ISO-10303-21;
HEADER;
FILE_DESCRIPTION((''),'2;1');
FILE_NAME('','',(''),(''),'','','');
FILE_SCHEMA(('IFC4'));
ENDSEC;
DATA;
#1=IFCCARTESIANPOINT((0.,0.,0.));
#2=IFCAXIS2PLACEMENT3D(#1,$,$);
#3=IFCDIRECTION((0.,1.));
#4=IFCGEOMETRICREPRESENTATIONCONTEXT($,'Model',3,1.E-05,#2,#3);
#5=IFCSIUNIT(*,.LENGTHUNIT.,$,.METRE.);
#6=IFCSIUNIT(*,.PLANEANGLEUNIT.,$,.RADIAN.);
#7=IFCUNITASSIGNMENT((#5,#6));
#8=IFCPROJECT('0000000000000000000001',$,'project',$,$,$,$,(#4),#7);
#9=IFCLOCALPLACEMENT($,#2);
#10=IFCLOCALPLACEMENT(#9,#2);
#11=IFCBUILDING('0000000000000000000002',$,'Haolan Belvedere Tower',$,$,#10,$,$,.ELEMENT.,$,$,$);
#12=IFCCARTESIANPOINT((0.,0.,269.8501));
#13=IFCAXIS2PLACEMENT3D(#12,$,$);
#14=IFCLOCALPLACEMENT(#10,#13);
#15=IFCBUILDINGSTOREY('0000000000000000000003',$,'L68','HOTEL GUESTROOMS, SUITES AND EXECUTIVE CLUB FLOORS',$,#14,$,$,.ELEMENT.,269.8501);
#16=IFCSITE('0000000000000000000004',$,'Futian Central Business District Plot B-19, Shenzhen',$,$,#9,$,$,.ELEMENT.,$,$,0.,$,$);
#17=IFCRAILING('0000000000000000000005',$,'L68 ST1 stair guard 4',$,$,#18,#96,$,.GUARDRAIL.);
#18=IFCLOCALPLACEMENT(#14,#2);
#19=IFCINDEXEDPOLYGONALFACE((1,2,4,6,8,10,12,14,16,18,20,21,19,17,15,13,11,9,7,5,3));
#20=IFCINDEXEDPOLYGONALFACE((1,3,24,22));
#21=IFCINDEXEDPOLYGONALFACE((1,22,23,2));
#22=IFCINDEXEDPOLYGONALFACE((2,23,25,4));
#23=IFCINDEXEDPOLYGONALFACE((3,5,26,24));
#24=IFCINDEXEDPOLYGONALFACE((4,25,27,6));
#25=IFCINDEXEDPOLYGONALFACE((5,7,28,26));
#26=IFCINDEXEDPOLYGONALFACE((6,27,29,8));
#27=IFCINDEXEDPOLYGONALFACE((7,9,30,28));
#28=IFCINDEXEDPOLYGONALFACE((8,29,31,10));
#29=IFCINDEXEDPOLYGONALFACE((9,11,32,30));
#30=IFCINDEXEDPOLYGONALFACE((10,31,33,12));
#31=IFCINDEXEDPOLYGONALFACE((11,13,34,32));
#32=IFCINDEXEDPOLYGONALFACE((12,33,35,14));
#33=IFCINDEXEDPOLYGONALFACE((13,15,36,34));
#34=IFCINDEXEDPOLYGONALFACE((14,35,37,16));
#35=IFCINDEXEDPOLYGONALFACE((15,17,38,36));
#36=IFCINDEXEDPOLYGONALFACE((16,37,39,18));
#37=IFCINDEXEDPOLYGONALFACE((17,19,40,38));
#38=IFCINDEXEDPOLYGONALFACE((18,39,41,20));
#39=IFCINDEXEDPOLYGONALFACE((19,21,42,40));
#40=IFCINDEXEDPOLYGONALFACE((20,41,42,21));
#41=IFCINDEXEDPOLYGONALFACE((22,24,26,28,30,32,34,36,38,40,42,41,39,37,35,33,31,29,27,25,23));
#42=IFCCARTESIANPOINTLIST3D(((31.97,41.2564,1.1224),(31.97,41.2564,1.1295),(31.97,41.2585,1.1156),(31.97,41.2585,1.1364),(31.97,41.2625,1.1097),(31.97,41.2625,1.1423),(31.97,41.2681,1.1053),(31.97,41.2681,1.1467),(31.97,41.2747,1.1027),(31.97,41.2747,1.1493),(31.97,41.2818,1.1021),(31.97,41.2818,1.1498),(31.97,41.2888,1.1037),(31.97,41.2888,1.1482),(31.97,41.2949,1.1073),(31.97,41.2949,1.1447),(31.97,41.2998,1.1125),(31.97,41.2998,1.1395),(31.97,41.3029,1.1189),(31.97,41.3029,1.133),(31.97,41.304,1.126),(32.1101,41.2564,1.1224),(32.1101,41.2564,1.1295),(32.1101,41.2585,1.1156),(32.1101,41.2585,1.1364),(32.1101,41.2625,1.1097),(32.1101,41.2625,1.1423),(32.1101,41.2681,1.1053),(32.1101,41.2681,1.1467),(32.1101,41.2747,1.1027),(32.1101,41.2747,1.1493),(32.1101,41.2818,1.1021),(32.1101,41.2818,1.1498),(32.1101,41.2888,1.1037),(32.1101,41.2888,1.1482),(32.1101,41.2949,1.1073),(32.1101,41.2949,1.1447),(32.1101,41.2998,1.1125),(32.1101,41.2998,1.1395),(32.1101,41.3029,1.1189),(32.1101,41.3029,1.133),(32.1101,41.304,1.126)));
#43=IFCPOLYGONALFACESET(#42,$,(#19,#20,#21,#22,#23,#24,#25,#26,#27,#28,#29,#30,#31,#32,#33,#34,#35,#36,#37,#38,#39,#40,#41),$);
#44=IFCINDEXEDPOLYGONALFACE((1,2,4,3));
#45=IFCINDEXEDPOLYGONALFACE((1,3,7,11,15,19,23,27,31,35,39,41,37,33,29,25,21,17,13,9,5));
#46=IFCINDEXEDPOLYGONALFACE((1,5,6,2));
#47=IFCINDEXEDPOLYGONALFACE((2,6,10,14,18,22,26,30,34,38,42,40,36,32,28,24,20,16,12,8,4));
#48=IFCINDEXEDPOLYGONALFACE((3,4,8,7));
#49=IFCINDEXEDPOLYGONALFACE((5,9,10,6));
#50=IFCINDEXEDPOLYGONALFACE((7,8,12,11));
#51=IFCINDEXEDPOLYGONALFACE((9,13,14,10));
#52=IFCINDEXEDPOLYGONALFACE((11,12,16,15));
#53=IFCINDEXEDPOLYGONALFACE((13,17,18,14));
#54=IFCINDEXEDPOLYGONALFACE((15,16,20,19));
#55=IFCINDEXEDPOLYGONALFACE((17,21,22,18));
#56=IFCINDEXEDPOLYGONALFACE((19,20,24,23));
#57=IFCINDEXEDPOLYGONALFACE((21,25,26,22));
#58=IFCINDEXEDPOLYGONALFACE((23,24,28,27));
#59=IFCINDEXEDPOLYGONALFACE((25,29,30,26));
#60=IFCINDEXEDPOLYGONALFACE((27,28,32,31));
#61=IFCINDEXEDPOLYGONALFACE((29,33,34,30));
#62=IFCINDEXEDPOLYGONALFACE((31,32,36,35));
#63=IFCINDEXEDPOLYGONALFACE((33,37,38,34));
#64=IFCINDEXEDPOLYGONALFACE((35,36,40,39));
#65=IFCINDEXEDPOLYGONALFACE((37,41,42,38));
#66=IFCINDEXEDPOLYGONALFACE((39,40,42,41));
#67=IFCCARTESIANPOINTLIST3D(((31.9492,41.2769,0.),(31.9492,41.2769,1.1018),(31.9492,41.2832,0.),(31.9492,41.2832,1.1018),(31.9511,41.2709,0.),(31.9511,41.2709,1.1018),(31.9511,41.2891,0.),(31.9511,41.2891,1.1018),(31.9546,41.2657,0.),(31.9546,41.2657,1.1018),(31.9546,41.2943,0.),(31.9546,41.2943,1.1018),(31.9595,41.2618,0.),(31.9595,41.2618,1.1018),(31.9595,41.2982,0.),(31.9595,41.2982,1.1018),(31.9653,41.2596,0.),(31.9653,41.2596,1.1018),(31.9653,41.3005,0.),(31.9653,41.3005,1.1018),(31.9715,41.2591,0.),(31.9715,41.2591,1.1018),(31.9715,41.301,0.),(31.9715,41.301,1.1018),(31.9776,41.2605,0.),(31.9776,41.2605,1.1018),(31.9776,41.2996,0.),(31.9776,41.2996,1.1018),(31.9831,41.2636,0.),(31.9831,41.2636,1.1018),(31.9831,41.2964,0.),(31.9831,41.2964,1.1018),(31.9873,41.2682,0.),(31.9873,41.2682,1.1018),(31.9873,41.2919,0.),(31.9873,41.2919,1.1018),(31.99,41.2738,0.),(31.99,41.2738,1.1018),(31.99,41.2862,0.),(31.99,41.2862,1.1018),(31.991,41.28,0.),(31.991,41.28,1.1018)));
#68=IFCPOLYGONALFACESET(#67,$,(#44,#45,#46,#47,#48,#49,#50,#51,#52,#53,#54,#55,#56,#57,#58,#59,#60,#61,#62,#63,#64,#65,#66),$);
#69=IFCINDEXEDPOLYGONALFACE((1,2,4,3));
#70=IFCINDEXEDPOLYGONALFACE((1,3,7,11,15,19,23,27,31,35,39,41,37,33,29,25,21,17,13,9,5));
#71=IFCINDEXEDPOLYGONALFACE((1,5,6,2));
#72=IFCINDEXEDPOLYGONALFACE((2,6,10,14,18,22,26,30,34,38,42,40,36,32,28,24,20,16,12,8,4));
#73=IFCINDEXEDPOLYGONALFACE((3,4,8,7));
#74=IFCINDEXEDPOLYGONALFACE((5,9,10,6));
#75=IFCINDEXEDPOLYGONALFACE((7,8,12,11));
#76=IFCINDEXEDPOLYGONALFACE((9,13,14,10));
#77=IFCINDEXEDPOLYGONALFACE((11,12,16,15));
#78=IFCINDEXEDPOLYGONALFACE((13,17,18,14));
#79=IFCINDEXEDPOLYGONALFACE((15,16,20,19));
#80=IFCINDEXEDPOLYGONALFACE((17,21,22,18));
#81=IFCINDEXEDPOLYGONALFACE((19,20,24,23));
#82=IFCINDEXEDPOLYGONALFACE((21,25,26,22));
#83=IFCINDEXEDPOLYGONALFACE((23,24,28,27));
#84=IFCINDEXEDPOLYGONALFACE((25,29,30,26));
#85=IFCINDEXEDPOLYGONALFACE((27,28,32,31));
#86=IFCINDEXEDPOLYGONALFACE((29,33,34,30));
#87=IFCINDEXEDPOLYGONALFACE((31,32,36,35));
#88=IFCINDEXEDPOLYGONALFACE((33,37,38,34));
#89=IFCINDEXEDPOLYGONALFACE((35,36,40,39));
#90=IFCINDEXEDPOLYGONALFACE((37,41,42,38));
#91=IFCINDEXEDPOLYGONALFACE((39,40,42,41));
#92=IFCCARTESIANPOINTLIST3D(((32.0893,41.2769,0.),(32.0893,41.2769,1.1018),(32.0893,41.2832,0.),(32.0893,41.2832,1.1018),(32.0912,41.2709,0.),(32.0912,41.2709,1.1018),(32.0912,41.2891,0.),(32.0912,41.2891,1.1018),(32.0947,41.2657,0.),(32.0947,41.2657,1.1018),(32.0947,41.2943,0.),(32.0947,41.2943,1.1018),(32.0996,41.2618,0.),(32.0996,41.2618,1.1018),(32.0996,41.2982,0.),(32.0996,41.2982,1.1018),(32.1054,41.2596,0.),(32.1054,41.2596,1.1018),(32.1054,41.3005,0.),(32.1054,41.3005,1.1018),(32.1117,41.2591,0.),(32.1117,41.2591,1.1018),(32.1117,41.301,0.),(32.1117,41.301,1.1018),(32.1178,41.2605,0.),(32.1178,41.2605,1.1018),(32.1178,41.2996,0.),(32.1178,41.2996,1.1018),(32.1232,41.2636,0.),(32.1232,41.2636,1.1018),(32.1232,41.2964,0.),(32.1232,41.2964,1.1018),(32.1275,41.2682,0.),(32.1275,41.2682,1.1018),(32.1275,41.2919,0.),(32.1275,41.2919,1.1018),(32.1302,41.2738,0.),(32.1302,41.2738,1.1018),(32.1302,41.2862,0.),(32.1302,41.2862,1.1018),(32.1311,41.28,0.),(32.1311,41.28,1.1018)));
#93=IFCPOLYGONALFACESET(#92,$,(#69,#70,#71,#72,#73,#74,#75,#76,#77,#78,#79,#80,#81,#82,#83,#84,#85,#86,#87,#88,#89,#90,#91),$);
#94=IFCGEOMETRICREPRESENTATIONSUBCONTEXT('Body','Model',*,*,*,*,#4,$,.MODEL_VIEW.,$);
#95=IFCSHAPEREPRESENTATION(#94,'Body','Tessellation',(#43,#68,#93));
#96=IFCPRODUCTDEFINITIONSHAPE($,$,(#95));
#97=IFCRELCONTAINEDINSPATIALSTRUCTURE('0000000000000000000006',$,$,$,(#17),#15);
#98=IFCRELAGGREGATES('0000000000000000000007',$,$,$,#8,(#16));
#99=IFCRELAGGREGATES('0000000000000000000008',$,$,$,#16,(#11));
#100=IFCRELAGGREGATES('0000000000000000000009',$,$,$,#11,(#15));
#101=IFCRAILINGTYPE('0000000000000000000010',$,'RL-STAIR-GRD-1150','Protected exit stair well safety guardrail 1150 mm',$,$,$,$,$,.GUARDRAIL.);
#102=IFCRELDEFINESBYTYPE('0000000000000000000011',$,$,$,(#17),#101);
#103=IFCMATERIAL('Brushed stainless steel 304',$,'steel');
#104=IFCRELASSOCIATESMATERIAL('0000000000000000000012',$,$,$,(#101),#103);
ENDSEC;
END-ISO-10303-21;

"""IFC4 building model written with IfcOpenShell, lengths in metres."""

from ifc_helpers import new_model, si_unit, direction, frame, origin, origin_2d, place, context, subcontext, project, spatial, circle, extrude, material, type_object, element, save


model = new_model("IFC4")

# Units and contexts
model_context = context("Model", 3, precision=1e-05, world=origin(), true_north=direction((0.0, 1.0)))
body_context = subcontext(model_context, "Body", "Model", "MODEL_VIEW")
ifc_project = project(units=[si_unit("LENGTHUNIT", "METRE"), si_unit("PLANEANGLEUNIT", "RADIAN")], contexts=[model_context])

# Site, building, storey
site_placement = place(None, origin())
site = spatial("IfcSite", under=ifc_project, at=site_placement, Name="Futian Central Business District Plot B-19, Shenzhen", CompositionType="ELEMENT", RefElevation=0.0)
building_placement = place(site_placement, origin())
building = spatial("IfcBuilding", under=site, at=building_placement, Name="Haolan Belvedere Tower", CompositionType="ELEMENT")
storey_placement = place(building_placement, frame((0.0, 0.0, 269.8501)))
storey = spatial("IfcBuildingStorey", under=building, at=storey_placement, Name="L68", Description="HOTEL GUESTROOMS, SUITES AND EXECUTIVE CLUB FLOORS", CompositionType="ELEMENT", Elevation=269.8501)

# Railing
ifc_material_1 = material(Name="Brushed stainless steel 304", Category="steel")
railing_type_1 = type_object("IfcRailingType", Name="RL-STAIR-GRD-1150", Description="Protected exit stair well safety guardrail 1150 mm", PredefinedType="GUARDRAIL", material=ifc_material_1)
railing_1_placement = place(storey_placement, frame((31.97, 41.28, 0.0)))
element("IfcRailing", 1, at=railing_1_placement, inside=storey, type_object=railing_type_1, Name="L68 ST1 stair guard 4", PredefinedType="GUARDRAIL", context=body_context, shape_type="SweptSolid", body=[
    extrude(circle(Radius=0.0239, at=origin_2d()), frame((0.0, 0.0, 1.126), z_axis=(1.0, 0.0, 0.0), x_axis=(0.0, 1.0, 0.0)), (0.0, 0.0, 1.0), 0.1401),
    extrude(circle(Radius=0.021, at=origin_2d()), origin(), (0.0, 0.0, 1.0), 1.1018),
    extrude(circle(Radius=0.021, at=origin_2d()), frame((0.1401, 0.0, 0.0)), (0.0, 0.0, 1.0), 1.1018),
])

save(model, "model.ifc")
